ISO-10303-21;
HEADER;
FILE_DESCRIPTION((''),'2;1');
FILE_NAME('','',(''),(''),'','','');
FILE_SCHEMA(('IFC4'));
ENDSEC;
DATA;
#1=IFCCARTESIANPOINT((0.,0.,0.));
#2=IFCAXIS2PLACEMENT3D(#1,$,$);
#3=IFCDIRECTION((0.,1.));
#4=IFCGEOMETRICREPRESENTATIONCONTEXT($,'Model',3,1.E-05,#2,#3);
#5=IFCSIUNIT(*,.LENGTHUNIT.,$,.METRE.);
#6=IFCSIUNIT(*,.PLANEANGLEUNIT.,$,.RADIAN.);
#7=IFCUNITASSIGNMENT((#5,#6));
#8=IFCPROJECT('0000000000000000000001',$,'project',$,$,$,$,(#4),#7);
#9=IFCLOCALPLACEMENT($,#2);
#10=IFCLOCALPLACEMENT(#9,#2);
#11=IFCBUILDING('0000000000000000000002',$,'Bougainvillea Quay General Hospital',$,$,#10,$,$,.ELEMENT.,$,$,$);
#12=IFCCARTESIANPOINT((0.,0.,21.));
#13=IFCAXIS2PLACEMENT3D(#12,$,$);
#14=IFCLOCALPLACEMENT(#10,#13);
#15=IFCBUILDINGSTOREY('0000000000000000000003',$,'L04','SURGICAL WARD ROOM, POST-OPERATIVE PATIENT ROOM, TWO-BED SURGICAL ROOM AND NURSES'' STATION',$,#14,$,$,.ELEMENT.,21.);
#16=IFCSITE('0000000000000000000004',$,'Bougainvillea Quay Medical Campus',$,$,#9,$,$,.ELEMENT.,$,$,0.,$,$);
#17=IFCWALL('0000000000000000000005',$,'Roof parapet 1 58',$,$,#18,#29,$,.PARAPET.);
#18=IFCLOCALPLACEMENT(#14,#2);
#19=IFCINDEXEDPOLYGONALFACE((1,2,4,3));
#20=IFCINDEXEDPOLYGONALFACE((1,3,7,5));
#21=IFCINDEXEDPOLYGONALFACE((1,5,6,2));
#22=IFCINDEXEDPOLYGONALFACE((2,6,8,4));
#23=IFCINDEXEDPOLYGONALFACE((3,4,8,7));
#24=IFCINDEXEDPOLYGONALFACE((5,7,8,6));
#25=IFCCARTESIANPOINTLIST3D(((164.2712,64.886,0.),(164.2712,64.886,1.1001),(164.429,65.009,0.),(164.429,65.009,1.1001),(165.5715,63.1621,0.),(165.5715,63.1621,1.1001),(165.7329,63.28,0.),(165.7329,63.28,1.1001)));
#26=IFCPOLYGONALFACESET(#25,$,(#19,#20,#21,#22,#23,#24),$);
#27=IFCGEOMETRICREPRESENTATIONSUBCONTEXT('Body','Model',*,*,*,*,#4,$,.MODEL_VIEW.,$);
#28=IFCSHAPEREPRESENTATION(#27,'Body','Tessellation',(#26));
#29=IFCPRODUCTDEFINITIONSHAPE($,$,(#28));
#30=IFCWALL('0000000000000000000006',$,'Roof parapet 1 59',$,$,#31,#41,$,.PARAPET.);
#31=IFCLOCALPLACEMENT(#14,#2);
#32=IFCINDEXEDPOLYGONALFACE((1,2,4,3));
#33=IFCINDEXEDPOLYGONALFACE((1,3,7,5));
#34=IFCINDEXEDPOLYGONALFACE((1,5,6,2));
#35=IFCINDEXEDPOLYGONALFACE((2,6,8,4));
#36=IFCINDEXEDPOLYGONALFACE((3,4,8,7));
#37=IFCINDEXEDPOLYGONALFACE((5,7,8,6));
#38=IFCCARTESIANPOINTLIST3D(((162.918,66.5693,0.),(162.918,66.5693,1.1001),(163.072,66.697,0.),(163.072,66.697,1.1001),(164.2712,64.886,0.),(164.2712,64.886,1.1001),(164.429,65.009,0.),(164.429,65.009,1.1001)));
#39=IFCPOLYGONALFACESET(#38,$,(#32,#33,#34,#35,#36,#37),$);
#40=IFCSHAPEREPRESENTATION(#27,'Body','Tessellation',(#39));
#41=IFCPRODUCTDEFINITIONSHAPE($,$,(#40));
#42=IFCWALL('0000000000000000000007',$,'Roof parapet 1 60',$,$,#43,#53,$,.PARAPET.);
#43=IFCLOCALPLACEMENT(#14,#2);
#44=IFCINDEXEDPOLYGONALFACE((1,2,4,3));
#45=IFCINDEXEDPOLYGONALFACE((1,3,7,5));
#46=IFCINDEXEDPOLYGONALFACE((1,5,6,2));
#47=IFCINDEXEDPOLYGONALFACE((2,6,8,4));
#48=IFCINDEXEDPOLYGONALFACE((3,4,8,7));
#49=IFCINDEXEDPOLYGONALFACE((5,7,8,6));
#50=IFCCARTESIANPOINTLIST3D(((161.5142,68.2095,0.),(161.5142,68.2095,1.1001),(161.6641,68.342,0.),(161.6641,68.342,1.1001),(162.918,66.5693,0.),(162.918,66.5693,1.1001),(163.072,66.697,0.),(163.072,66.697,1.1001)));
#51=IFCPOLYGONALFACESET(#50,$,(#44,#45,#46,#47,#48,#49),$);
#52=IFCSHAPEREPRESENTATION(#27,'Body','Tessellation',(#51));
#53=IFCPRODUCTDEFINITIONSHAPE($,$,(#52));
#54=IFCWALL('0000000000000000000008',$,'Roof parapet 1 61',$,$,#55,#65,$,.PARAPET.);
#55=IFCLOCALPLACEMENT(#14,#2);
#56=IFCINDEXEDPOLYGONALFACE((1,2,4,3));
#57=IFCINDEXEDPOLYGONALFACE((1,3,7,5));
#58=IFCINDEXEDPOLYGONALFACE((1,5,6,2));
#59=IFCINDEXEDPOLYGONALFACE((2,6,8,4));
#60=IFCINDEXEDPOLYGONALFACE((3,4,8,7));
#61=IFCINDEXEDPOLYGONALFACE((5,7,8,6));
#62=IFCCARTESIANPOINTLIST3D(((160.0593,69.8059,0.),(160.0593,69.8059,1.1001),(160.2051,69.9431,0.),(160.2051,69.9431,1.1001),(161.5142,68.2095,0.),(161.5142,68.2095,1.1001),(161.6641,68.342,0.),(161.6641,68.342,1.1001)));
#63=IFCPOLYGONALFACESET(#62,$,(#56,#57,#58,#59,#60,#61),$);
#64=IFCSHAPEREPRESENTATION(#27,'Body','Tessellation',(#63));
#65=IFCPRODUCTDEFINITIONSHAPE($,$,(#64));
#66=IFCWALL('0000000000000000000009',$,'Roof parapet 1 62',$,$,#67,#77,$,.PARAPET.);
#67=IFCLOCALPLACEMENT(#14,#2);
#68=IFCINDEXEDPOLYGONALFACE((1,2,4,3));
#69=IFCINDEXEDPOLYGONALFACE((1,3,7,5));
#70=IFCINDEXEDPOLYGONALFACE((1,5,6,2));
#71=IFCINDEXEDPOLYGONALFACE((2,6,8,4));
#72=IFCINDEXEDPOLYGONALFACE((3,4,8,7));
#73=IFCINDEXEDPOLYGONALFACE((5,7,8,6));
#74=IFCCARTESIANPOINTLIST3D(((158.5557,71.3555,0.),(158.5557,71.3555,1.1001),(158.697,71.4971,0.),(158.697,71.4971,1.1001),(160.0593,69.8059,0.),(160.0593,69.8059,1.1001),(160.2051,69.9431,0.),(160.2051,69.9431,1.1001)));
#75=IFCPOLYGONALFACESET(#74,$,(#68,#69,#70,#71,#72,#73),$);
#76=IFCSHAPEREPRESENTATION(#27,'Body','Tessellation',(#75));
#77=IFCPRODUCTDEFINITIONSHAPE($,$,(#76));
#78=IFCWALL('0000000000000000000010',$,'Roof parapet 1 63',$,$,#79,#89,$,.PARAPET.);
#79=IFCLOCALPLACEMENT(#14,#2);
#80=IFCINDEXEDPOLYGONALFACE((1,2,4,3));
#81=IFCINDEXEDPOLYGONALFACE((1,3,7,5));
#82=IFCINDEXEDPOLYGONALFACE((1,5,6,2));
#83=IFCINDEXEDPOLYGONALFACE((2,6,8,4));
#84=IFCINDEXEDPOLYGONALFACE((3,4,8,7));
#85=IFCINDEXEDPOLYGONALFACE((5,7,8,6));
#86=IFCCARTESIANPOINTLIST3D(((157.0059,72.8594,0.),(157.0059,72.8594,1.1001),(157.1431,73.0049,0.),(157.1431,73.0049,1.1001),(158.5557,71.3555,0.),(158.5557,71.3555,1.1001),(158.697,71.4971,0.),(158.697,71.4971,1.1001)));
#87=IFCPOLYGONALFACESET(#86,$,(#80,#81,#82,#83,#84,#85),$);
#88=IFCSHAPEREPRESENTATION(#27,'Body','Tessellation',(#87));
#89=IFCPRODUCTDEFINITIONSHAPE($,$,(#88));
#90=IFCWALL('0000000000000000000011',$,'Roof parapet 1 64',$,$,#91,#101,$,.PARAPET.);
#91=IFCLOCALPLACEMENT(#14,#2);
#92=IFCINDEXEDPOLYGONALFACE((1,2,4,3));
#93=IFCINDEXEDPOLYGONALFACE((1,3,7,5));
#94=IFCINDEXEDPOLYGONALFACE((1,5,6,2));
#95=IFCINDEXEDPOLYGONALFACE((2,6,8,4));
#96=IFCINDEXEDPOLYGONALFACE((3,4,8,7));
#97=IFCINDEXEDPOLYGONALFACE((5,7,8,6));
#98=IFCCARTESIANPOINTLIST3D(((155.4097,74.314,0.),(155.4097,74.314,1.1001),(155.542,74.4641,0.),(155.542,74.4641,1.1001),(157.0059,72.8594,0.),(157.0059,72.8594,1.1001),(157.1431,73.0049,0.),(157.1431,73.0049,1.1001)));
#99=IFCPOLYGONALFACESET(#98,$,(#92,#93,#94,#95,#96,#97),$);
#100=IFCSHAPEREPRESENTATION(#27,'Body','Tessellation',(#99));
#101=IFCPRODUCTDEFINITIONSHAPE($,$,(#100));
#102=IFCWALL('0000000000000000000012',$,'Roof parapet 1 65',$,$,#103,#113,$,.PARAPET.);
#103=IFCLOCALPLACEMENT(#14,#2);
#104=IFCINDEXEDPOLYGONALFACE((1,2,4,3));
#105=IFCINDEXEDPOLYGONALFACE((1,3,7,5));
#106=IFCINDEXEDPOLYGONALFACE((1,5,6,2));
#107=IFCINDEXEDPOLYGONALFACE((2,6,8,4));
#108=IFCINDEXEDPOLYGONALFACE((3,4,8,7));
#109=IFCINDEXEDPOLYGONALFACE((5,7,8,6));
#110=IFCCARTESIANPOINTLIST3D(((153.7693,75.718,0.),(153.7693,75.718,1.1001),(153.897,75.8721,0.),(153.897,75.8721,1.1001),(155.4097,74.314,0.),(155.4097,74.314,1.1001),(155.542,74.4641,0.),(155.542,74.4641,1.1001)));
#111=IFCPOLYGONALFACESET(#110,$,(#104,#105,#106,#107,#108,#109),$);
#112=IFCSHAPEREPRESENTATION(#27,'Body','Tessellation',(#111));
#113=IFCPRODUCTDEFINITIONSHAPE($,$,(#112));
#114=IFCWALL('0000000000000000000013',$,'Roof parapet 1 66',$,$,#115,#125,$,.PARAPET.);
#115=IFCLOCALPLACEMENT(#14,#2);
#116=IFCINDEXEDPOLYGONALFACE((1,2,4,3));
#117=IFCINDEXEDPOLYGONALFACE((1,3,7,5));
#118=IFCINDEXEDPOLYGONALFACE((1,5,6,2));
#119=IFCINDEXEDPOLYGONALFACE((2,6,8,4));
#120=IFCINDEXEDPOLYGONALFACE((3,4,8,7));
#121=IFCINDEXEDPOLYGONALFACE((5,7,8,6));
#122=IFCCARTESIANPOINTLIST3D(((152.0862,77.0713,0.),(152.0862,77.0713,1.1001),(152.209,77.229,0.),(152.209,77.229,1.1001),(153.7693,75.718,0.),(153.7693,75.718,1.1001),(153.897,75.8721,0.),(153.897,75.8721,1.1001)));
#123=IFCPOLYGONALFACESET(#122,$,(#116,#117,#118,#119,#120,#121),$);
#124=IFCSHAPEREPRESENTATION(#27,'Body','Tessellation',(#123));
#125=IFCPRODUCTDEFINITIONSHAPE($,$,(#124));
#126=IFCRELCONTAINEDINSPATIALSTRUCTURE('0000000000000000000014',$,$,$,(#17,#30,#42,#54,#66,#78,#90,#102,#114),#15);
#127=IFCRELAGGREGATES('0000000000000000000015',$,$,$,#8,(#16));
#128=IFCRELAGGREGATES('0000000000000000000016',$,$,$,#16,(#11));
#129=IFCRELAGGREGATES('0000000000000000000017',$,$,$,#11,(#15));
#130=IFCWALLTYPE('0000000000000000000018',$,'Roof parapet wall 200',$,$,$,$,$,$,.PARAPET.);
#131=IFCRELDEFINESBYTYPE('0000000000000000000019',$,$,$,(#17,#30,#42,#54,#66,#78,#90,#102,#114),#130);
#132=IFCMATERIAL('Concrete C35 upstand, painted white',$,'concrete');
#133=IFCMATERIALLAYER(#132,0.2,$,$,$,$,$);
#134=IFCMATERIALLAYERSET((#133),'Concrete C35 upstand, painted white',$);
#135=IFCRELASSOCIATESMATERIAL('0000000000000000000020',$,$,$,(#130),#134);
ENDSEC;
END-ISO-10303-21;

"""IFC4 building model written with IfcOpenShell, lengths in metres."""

from ifc_helpers import new_model, si_unit, direction, frame, origin, place, context, subcontext, project, spatial, polyline, outline, extrude, material, layer, layer_set, type_object, element, save


model = new_model("IFC4")

# Units and contexts
model_context = context("Model", 3, precision=1e-05, world=origin(), true_north=direction((0.0, 1.0)))
body_context = subcontext(model_context, "Body", "Model", "MODEL_VIEW")
ifc_project = project(units=[si_unit("LENGTHUNIT", "METRE"), si_unit("PLANEANGLEUNIT", "RADIAN")], contexts=[model_context])

# Site, building, storey
site_placement = place(None, origin())
site = spatial("IfcSite", under=ifc_project, at=site_placement, Name="Bougainvillea Quay Medical Campus", CompositionType="ELEMENT", RefElevation=0.0)
building_placement = place(site_placement, origin())
building = spatial("IfcBuilding", under=site, at=building_placement, Name="Bougainvillea Quay General Hospital", CompositionType="ELEMENT")
storey_placement = place(building_placement, frame((0.0, 0.0, 21.0)))
storey = spatial("IfcBuildingStorey", under=building, at=storey_placement, Name="L04", Description="SURGICAL WARD ROOM, POST-OPERATIVE PATIENT ROOM, TWO-BED SURGICAL ROOM AND NURSES' STATION", CompositionType="ELEMENT", Elevation=21.0)

# Walls
ifc_material = material(Name="Concrete C35 upstand, painted white", Category="concrete")
ifc_layer = layer(ifc_material, 0.2)
ifc_layer_set = layer_set([ifc_layer], Name="Concrete C35 upstand, painted white")
wall_type = type_object("IfcWallType", Name="Roof parapet wall 200", PredefinedType="PARAPET", material=ifc_layer_set)
wall_1_placement = place(storey_placement, origin())
element("IfcWall", 1, at=wall_1_placement, inside=storey, type_object=wall_type, Name="Roof parapet 1 58", PredefinedType="PARAPET", context=body_context, shape_type="SweptSolid", body=[
    extrude(outline(polyline([(164.2712, 64.886), (164.429, 65.009), (165.7329, 63.28), (165.5715, 63.1621), (164.2712, 64.886)])), origin(), (0.0, 0.0, 1.0), 1.1001),
])
wall_2_placement = place(storey_placement, origin())
element("IfcWall", 2, at=wall_2_placement, inside=storey, type_object=wall_type, Name="Roof parapet 1 59", PredefinedType="PARAPET", context=body_context, shape_type="SweptSolid", body=[
    extrude(outline(polyline([(162.918, 66.5693), (163.072, 66.697), (164.429, 65.009), (164.2712, 64.886), (162.918, 66.5693)])), origin(), (0.0, 0.0, 1.0), 1.1001),
])
wall_3_placement = place(storey_placement, origin())
element("IfcWall", 3, at=wall_3_placement, inside=storey, type_object=wall_type, Name="Roof parapet 1 60", PredefinedType="PARAPET", context=body_context, shape_type="SweptSolid", body=[
    extrude(outline(polyline([(161.5142, 68.2095), (161.6641, 68.342), (163.072, 66.697), (162.918, 66.5693), (161.5142, 68.2095)])), origin(), (0.0, 0.0, 1.0), 1.1001),
])
wall_4_placement = place(storey_placement, origin())
element("IfcWall", 4, at=wall_4_placement, inside=storey, type_object=wall_type, Name="Roof parapet 1 61", PredefinedType="PARAPET", context=body_context, shape_type="SweptSolid", body=[
    extrude(outline(polyline([(160.0593, 69.8059), (160.2051, 69.9431), (161.6641, 68.342), (161.5142, 68.2095), (160.0593, 69.8059)])), origin(), (0.0, 0.0, 1.0), 1.1001),
])
wall_5_placement = place(storey_placement, origin())
element("IfcWall", 5, at=wall_5_placement, inside=storey, type_object=wall_type, Name="Roof parapet 1 62", PredefinedType="PARAPET", context=body_context, shape_type="SweptSolid", body=[
    extrude(outline(polyline([(158.5557, 71.3555), (158.697, 71.4971), (160.2051, 69.9431), (160.0593, 69.8059), (158.5557, 71.3555)])), origin(), (0.0, 0.0, 1.0), 1.1001),
])
wall_6_placement = place(storey_placement, origin())
element("IfcWall", 6, at=wall_6_placement, inside=storey, type_object=wall_type, Name="Roof parapet 1 63", PredefinedType="PARAPET", context=body_context, shape_type="SweptSolid", body=[
    extrude(outline(polyline([(157.0059, 72.8594), (157.1431, 73.0049), (158.697, 71.4971), (158.5557, 71.3555), (157.0059, 72.8594)])), origin(), (0.0, 0.0, 1.0), 1.1001),
])
wall_7_placement = place(storey_placement, origin())
element("IfcWall", 7, at=wall_7_placement, inside=storey, type_object=wall_type, Name="Roof parapet 1 64", PredefinedType="PARAPET", context=body_context, shape_type="SweptSolid", body=[
    extrude(outline(polyline([(155.4097, 74.314), (155.542, 74.4641), (157.1431, 73.0049), (157.0059, 72.8594), (155.4097, 74.314)])), origin(), (0.0, 0.0, 1.0), 1.1001),
])
wall_8_placement = place(storey_placement, origin())
element("IfcWall", 8, at=wall_8_placement, inside=storey, type_object=wall_type, Name="Roof parapet 1 65", PredefinedType="PARAPET", context=body_context, shape_type="SweptSolid", body=[
    extrude(outline(polyline([(153.7693, 75.718), (153.897, 75.8721), (155.542, 74.4641), (155.4097, 74.314), (153.7693, 75.718)])), origin(), (0.0, 0.0, 1.0), 1.1001),
])
wall_9_placement = place(storey_placement, origin())
element("IfcWall", 9, at=wall_9_placement, inside=storey, type_object=wall_type, Name="Roof parapet 1 66", PredefinedType="PARAPET", context=body_context, shape_type="SweptSolid", body=[
    extrude(outline(polyline([(152.0862, 77.0713), (152.209, 77.229), (153.897, 75.8721), (153.7693, 75.718), (152.0862, 77.0713)])), origin(), (0.0, 0.0, 1.0), 1.1001),
])

save(model, "model.ifc")
